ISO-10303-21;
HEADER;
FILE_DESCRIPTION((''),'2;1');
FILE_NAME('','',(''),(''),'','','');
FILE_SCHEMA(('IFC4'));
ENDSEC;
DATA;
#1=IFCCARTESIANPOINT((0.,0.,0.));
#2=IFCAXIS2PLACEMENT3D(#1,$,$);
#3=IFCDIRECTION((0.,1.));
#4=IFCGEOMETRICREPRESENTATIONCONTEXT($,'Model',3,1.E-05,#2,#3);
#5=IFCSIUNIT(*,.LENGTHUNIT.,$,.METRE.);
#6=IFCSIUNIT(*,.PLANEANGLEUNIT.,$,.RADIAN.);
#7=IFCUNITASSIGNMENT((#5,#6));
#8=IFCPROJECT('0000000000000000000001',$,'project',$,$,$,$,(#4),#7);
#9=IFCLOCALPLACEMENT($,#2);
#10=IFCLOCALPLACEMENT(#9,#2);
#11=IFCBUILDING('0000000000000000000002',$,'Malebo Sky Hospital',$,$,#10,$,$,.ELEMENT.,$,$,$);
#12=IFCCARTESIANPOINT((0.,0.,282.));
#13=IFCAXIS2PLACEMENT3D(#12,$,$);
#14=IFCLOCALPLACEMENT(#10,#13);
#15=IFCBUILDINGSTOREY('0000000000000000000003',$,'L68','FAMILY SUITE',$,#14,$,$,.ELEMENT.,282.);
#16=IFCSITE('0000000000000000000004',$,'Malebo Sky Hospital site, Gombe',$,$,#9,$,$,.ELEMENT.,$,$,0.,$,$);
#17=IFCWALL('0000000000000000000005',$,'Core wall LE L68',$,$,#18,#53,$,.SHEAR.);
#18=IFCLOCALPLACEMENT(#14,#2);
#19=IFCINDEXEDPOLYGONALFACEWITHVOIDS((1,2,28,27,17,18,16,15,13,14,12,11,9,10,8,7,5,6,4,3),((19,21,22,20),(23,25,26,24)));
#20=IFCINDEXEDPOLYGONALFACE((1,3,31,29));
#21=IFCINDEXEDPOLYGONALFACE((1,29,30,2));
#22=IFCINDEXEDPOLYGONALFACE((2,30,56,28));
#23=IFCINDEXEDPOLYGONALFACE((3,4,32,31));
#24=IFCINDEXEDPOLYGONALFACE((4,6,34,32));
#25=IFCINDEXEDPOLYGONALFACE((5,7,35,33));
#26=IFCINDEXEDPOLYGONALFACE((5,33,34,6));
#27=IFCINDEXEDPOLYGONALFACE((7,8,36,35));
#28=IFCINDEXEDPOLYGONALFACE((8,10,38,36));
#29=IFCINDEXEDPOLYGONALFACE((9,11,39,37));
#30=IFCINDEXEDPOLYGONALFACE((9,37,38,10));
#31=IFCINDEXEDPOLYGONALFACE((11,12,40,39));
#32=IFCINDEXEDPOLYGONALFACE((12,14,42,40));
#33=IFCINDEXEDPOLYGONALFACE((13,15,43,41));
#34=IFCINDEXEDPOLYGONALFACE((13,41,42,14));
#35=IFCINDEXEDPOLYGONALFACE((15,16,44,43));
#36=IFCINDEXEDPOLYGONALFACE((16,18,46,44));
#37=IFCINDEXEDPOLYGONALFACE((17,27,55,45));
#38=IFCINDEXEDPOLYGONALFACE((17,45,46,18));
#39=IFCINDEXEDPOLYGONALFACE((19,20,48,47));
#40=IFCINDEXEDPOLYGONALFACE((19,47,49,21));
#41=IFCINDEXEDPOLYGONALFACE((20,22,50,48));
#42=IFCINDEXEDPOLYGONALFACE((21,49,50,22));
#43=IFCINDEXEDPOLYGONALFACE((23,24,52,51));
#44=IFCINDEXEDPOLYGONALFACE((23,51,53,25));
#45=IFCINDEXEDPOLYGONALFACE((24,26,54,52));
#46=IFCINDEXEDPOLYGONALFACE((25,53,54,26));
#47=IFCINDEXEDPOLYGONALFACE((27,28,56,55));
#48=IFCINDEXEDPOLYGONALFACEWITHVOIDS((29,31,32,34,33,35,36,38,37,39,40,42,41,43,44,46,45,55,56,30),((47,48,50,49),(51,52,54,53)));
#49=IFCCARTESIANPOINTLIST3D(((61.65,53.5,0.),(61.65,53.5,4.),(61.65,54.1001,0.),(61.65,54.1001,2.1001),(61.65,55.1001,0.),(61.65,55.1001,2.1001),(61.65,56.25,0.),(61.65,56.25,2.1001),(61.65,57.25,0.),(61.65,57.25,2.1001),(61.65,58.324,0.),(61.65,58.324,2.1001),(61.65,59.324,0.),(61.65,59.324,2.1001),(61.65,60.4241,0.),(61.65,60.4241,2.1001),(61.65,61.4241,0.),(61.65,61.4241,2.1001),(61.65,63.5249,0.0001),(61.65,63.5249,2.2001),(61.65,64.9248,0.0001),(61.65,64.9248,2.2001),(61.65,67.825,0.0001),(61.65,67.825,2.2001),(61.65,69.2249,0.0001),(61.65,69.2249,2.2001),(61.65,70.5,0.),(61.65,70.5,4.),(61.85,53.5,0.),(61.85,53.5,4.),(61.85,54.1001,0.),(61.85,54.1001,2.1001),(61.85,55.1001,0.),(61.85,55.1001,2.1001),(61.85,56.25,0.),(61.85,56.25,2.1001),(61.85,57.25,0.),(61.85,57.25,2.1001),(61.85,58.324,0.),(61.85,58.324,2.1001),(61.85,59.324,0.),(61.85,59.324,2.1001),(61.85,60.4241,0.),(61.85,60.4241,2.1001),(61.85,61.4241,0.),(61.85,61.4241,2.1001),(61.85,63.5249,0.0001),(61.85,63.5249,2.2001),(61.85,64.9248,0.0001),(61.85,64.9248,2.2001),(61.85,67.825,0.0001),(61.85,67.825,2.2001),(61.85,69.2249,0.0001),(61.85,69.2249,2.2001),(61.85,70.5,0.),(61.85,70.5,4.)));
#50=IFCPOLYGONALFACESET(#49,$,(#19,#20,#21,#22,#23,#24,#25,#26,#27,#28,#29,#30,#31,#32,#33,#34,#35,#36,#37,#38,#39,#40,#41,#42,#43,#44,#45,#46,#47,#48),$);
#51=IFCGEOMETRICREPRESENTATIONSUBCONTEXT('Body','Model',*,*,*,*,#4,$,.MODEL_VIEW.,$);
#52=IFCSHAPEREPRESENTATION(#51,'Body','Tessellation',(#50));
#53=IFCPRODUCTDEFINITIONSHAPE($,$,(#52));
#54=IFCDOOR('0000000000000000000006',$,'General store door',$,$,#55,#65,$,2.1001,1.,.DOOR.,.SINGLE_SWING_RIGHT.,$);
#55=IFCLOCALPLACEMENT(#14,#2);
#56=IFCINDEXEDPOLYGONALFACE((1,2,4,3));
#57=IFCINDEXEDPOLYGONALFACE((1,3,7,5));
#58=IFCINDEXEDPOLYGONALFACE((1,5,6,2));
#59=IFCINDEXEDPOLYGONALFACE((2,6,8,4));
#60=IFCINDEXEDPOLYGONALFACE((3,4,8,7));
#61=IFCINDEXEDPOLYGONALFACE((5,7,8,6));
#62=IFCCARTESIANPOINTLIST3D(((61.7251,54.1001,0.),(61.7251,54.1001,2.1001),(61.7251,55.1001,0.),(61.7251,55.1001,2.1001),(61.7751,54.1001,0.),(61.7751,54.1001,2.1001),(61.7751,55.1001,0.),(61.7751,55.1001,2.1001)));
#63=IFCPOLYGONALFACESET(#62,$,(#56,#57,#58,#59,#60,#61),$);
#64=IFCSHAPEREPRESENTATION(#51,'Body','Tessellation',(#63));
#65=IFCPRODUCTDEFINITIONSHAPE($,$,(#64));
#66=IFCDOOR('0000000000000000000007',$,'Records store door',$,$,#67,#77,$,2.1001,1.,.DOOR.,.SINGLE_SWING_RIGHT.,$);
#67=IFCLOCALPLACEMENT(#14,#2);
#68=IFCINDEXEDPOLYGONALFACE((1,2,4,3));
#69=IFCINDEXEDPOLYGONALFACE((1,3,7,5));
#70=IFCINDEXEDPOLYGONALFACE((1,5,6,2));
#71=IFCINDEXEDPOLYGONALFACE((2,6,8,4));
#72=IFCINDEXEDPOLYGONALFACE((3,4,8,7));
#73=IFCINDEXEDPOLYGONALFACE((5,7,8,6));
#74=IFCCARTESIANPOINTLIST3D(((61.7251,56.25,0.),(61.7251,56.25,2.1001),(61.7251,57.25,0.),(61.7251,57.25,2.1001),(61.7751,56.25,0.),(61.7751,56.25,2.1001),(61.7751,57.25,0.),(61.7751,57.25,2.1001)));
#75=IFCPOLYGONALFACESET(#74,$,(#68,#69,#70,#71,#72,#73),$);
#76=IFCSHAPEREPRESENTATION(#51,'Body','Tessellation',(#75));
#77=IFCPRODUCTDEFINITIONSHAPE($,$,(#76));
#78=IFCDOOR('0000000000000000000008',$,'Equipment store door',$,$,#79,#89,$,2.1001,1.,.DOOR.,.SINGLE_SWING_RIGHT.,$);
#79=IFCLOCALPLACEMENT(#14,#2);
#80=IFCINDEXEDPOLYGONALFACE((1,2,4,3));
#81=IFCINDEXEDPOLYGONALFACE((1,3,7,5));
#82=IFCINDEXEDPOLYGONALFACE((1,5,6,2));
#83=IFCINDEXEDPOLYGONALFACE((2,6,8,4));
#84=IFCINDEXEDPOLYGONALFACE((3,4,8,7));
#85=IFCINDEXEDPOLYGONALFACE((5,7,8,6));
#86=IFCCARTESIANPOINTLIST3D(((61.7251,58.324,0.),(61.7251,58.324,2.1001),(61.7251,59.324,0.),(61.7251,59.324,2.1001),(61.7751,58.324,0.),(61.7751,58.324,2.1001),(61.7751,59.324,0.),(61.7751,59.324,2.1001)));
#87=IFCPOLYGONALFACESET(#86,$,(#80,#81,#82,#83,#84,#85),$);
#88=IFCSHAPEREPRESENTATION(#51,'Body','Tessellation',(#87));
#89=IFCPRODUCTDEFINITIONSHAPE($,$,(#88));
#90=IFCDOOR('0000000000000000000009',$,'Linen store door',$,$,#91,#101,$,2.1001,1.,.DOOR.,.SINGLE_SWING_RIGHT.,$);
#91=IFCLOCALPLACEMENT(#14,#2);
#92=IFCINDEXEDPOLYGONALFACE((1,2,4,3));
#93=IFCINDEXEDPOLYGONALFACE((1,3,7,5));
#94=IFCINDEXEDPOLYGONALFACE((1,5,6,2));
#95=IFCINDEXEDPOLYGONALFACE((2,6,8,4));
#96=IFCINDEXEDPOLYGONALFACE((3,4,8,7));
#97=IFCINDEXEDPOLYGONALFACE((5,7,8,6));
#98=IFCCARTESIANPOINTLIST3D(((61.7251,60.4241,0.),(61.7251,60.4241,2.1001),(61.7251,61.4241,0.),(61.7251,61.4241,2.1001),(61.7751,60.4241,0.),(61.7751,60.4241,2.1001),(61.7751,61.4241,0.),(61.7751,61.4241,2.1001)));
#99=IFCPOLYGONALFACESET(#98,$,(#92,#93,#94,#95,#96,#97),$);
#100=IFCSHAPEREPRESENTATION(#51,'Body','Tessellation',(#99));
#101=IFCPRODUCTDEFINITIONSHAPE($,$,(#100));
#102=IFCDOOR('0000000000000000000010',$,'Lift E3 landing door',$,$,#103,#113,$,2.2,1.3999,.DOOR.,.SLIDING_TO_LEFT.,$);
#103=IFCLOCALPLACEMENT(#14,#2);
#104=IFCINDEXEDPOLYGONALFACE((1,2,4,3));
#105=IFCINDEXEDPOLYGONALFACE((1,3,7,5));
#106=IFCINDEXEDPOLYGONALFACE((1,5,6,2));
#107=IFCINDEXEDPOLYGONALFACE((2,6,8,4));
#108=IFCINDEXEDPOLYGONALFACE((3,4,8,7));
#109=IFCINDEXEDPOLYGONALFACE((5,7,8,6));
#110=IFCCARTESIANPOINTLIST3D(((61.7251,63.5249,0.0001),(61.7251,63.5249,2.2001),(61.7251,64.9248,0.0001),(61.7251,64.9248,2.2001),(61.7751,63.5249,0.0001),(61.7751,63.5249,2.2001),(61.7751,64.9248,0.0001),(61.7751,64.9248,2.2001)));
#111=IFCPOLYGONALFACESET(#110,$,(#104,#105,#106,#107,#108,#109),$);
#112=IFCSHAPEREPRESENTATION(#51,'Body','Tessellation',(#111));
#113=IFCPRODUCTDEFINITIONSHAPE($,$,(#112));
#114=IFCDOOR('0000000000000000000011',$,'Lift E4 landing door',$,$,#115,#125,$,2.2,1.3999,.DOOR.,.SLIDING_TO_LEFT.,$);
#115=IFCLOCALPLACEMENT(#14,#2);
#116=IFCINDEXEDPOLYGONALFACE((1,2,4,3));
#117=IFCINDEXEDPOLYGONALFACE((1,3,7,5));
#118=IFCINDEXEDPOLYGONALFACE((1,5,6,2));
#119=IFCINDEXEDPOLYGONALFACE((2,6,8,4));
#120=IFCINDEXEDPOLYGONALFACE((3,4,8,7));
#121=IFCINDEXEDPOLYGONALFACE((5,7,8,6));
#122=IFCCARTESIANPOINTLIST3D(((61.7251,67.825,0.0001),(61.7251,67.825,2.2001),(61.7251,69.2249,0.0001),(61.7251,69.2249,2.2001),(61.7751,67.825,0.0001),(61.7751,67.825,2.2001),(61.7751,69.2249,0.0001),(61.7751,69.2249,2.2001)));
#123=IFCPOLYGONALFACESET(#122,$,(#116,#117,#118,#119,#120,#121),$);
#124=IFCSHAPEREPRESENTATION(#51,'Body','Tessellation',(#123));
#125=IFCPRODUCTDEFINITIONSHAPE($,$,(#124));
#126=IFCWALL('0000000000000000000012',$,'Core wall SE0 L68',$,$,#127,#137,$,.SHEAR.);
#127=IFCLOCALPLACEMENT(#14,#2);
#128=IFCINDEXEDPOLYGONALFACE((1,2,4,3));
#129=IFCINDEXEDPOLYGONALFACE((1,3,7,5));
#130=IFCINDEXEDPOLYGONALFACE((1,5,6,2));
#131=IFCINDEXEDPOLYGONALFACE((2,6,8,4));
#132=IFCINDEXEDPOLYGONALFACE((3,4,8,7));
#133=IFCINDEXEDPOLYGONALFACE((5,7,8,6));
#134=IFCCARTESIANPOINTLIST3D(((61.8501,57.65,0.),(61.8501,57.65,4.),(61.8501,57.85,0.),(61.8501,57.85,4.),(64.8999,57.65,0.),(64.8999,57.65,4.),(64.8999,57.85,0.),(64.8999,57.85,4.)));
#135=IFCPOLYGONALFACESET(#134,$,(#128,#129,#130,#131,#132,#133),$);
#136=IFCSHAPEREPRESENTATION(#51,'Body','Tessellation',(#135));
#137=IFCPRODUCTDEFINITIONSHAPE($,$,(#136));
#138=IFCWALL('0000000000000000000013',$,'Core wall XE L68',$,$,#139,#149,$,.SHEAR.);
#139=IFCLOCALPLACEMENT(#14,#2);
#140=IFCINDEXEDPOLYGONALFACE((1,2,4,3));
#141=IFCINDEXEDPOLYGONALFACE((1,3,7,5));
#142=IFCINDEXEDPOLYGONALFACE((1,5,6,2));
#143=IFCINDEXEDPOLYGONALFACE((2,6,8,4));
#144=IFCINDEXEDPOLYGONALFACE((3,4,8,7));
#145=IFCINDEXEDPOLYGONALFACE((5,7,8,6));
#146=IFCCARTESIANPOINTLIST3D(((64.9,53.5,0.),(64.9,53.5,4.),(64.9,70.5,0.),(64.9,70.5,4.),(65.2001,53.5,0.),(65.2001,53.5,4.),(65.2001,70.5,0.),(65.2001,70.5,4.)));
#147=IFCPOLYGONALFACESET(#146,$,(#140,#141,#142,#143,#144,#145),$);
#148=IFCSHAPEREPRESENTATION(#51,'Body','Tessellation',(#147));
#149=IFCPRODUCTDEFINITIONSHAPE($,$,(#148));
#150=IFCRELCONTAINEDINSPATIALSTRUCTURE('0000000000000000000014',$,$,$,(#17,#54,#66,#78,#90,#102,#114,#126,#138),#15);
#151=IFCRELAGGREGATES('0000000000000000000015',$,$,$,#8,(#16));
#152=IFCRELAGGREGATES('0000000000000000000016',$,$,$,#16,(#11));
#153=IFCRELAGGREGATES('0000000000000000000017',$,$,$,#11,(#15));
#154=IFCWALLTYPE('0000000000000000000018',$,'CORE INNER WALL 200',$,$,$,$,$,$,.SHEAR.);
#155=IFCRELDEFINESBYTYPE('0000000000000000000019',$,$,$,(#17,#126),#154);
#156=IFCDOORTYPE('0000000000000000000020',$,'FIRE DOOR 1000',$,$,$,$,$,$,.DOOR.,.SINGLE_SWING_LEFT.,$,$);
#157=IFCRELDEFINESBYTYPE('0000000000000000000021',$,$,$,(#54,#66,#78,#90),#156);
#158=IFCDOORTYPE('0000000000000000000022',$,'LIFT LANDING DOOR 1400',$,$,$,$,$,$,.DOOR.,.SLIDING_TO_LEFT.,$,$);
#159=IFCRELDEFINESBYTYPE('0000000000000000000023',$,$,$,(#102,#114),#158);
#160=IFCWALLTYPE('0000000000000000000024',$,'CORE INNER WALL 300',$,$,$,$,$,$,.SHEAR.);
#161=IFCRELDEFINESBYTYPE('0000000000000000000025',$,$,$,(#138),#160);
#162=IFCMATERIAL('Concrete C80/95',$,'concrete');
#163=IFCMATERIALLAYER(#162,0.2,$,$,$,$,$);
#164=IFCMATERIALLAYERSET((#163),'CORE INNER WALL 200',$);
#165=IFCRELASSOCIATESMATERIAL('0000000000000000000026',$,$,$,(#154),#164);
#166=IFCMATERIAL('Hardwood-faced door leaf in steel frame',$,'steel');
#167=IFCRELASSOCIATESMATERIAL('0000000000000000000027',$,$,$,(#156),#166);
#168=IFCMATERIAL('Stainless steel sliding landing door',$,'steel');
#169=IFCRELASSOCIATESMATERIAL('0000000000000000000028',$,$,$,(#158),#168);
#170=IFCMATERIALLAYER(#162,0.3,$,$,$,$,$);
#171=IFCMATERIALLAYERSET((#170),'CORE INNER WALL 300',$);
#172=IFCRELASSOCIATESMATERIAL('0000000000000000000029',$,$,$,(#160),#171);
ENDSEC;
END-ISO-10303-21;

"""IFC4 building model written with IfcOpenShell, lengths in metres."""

from ifc_helpers import new_model, si_unit, direction, frame, frame_2d, origin, place, context, subcontext, project, spatial, rectangle, extrude, material, layer, layer_set, type_object, element, fill, save


model = new_model("IFC4")

# Units and contexts
model_context = context("Model", 3, precision=1e-05, world=origin(), true_north=direction((0.0, 1.0)))
body_context = subcontext(model_context, "Body", "Model", "MODEL_VIEW")
ifc_project = project(units=[si_unit("LENGTHUNIT", "METRE"), si_unit("PLANEANGLEUNIT", "RADIAN")], contexts=[model_context])

# Site, building, storey
site_placement = place(None, origin())
site = spatial("IfcSite", under=ifc_project, at=site_placement, Name="Malebo Sky Hospital site, Gombe", CompositionType="ELEMENT", RefElevation=0.0)
building_placement = place(site_placement, origin())
building = spatial("IfcBuilding", under=site, at=building_placement, Name="Malebo Sky Hospital", CompositionType="ELEMENT")
storey_placement = place(building_placement, frame((0.0, 0.0, 282.0)))
storey = spatial("IfcBuildingStorey", under=building, at=storey_placement, Name="L68", Description="FAMILY SUITE", CompositionType="ELEMENT", Elevation=282.0)

# Wall, openings, doors
ifc_material_1 = material(Name="Concrete C80/95", Category="concrete")
ifc_layer_1 = layer(ifc_material_1, 0.2)
ifc_layer_set_1 = layer_set([ifc_layer_1], Name="CORE INNER WALL 200")
wall_type_1 = type_object("IfcWallType", Name="CORE INNER WALL 200", PredefinedType="SHEAR", material=ifc_layer_set_1)
ifc_material_2 = material(Name="Hardwood-faced door leaf in steel frame", Category="steel")
door_type_1 = type_object("IfcDoorType", Name="FIRE DOOR 1000", OperationType="SINGLE_SWING_LEFT", PredefinedType="DOOR", material=ifc_material_2)
ifc_material_3 = material(Name="Stainless steel sliding landing door", Category="steel")
door_type_2 = type_object("IfcDoorType", Name="LIFT LANDING DOOR 1400", OperationType="SLIDING_TO_LEFT", PredefinedType="DOOR", material=ifc_material_3)
wall_1_placement = place(storey_placement, frame((61.75, 53.5, 0.0), z_axis=(0.0, 0.0, 1.0), x_axis=(0.0, 1.0, 0.0)))
wall_1 = element("IfcWall", 1, at=wall_1_placement, inside=storey, type_object=wall_type_1, Name="Core wall LE L68", PredefinedType="SHEAR", context=body_context, shape_type="SweptSolid", body=[
    extrude(rectangle(XDim=17.0, YDim=0.2, at=frame_2d((8.5, 0.0))), origin(), (0.0, 0.0, 1.0), 4.0),
])
opening_1_placement = place(wall_1_placement, frame((0.6001, 0.0, 0.0)))
opening_1 = element("IfcOpeningElement", 2, at=opening_1_placement, cuts=wall_1, PredefinedType="OPENING", context=body_context, shape_type="SweptSolid", body=[
    extrude(rectangle(XDim=1.0, YDim=2.1001, at=frame_2d((0.5, 1.05))), frame((0.0, 0.1099, 0.0), z_axis=(0.0, -1.0, 0.0), x_axis=(1.0, 0.0, 0.0)), (0.0, 0.0, 1.0), 0.22),
])
opening_2_placement = place(wall_1_placement, frame((2.75, 0.0, 0.0)))
opening_2 = element("IfcOpeningElement", 3, at=opening_2_placement, cuts=wall_1, PredefinedType="OPENING", context=body_context, shape_type="SweptSolid", body=[
    extrude(rectangle(XDim=1.0, YDim=2.1001, at=frame_2d((0.5, 1.05))), frame((0.0, 0.1099, 0.0), z_axis=(0.0, -1.0, 0.0), x_axis=(1.0, 0.0, 0.0)), (0.0, 0.0, 1.0), 0.22),
])
opening_3_placement = place(wall_1_placement, frame((4.824, 0.0, 0.0)))
opening_3 = element("IfcOpeningElement", 4, at=opening_3_placement, cuts=wall_1, PredefinedType="OPENING", context=body_context, shape_type="SweptSolid", body=[
    extrude(rectangle(XDim=1.0, YDim=2.1001, at=frame_2d((0.5, 1.05))), frame((0.0, 0.1099, 0.0), z_axis=(0.0, -1.0, 0.0), x_axis=(1.0, 0.0, 0.0)), (0.0, 0.0, 1.0), 0.22),
])
opening_4_placement = place(wall_1_placement, frame((6.9241, 0.0, 0.0)))
opening_4 = element("IfcOpeningElement", 5, at=opening_4_placement, cuts=wall_1, PredefinedType="OPENING", context=body_context, shape_type="SweptSolid", body=[
    extrude(rectangle(XDim=1.0, YDim=2.1001, at=frame_2d((0.5, 1.05))), frame((0.0, 0.1099, 0.0), z_axis=(0.0, -1.0, 0.0), x_axis=(1.0, 0.0, 0.0)), (0.0, 0.0, 1.0), 0.22),
])
opening_5_placement = place(wall_1_placement, frame((10.0249, 0.0, 0.0)))
opening_5 = element("IfcOpeningElement", 6, at=opening_5_placement, cuts=wall_1, PredefinedType="OPENING", context=body_context, shape_type="SweptSolid", body=[
    extrude(rectangle(XDim=1.3999, YDim=2.2, at=frame_2d((0.7, 1.1001))), frame((0.0, 0.1099, 0.0), z_axis=(0.0, -1.0, 0.0), x_axis=(1.0, 0.0, 0.0)), (0.0, 0.0, 1.0), 0.22),
])
opening_6_placement = place(wall_1_placement, frame((14.325, 0.0, 0.0)))
opening_6 = element("IfcOpeningElement", 7, at=opening_6_placement, cuts=wall_1, PredefinedType="OPENING", context=body_context, shape_type="SweptSolid", body=[
    extrude(rectangle(XDim=1.3999, YDim=2.2, at=frame_2d((0.7, 1.1001))), frame((0.0, 0.1099, 0.0), z_axis=(0.0, -1.0, 0.0), x_axis=(1.0, 0.0, 0.0)), (0.0, 0.0, 1.0), 0.22),
])
door_1_placement = place(opening_1_placement, origin())
door_1 = element("IfcDoor", 8, at=door_1_placement, inside=storey, type_object=door_type_1, Name="General store door", OperationType="SINGLE_SWING_RIGHT", OverallHeight=2.1001, OverallWidth=1.0, PredefinedType="DOOR", context=body_context, shape_type="SweptSolid", body=[
    extrude(rectangle(XDim=1.0, YDim=2.1001, at=frame_2d((0.5, 1.05))), frame((0.0, 0.0249, 0.0), z_axis=(0.0, -1.0, 0.0), x_axis=(1.0, 0.0, 0.0)), (0.0, 0.0, 1.0), 0.05),
])
fill(opening_1, door_1)
door_2_placement = place(opening_2_placement, origin())
door_2 = element("IfcDoor", 9, at=door_2_placement, inside=storey, type_object=door_type_1, Name="Records store door", OperationType="SINGLE_SWING_RIGHT", OverallHeight=2.1001, OverallWidth=1.0, PredefinedType="DOOR", context=body_context, shape_type="SweptSolid", body=[
    extrude(rectangle(XDim=1.0, YDim=2.1001, at=frame_2d((0.5, 1.05))), frame((0.0, 0.0249, 0.0), z_axis=(0.0, -1.0, 0.0), x_axis=(1.0, 0.0, 0.0)), (0.0, 0.0, 1.0), 0.05),
])
fill(opening_2, door_2)
door_3_placement = place(opening_3_placement, origin())
door_3 = element("IfcDoor", 10, at=door_3_placement, inside=storey, type_object=door_type_1, Name="Equipment store door", OperationType="SINGLE_SWING_RIGHT", OverallHeight=2.1001, OverallWidth=1.0, PredefinedType="DOOR", context=body_context, shape_type="SweptSolid", body=[
    extrude(rectangle(XDim=1.0, YDim=2.1001, at=frame_2d((0.5, 1.05))), frame((0.0, 0.0249, 0.0), z_axis=(0.0, -1.0, 0.0), x_axis=(1.0, 0.0, 0.0)), (0.0, 0.0, 1.0), 0.05),
])
fill(opening_3, door_3)
door_4_placement = place(opening_4_placement, origin())
door_4 = element("IfcDoor", 11, at=door_4_placement, inside=storey, type_object=door_type_1, Name="Linen store door", OperationType="SINGLE_SWING_RIGHT", OverallHeight=2.1001, OverallWidth=1.0, PredefinedType="DOOR", context=body_context, shape_type="SweptSolid", body=[
    extrude(rectangle(XDim=1.0, YDim=2.1001, at=frame_2d((0.5, 1.05))), frame((0.0, 0.0249, 0.0), z_axis=(0.0, -1.0, 0.0), x_axis=(1.0, 0.0, 0.0)), (0.0, 0.0, 1.0), 0.05),
])
fill(opening_4, door_4)
door_5_placement = place(opening_5_placement, origin())
door_5 = element("IfcDoor", 12, at=door_5_placement, inside=storey, type_object=door_type_2, Name="Lift E3 landing door", OperationType="SLIDING_TO_LEFT", OverallHeight=2.2, OverallWidth=1.3999, PredefinedType="DOOR", context=body_context, shape_type="SweptSolid", body=[
    extrude(rectangle(XDim=1.3999, YDim=2.2, at=frame_2d((0.7, 1.1001))), frame((0.0, 0.0249, 0.0), z_axis=(0.0, -1.0, 0.0), x_axis=(1.0, 0.0, 0.0)), (0.0, 0.0, 1.0), 0.05),
])
fill(opening_5, door_5)
door_6_placement = place(opening_6_placement, origin())
door_6 = element("IfcDoor", 13, at=door_6_placement, inside=storey, type_object=door_type_2, Name="Lift E4 landing door", OperationType="SLIDING_TO_LEFT", OverallHeight=2.2, OverallWidth=1.3999, PredefinedType="DOOR", context=body_context, shape_type="SweptSolid", body=[
    extrude(rectangle(XDim=1.3999, YDim=2.2, at=frame_2d((0.7, 1.1001))), frame((0.0, 0.0249, 0.0), z_axis=(0.0, -1.0, 0.0), x_axis=(1.0, 0.0, 0.0)), (0.0, 0.0, 1.0), 0.05),
])
fill(opening_6, door_6)

# Walls
wall_2_placement = place(storey_placement, frame((61.8501, 57.75, 0.0), z_axis=(0.0, 0.0, 1.0), x_axis=(1.0, 0.0, 0.0)))
element("IfcWall", 14, at=wall_2_placement, inside=storey, type_object=wall_type_1, Name="Core wall SE0 L68", PredefinedType="SHEAR", context=body_context, shape_type="SweptSolid", body=[
    extrude(rectangle(XDim=3.0498, YDim=0.2, at=frame_2d((1.5249, 0.0))), origin(), (0.0, 0.0, 1.0), 4.0),
])
ifc_layer_2 = layer(ifc_material_1, 0.3)
ifc_layer_set_2 = layer_set([ifc_layer_2], Name="CORE INNER WALL 300")
wall_type_2 = type_object("IfcWallType", Name="CORE INNER WALL 300", PredefinedType="SHEAR", material=ifc_layer_set_2)
wall_3_placement = place(storey_placement, frame((65.05, 53.5, 0.0), z_axis=(0.0, 0.0, 1.0), x_axis=(0.0, 1.0, 0.0)))
element("IfcWall", 15, at=wall_3_placement, inside=storey, type_object=wall_type_2, Name="Core wall XE L68", PredefinedType="SHEAR", context=body_context, shape_type="SweptSolid", body=[
    extrude(rectangle(XDim=17.0, YDim=0.3, at=frame_2d((8.5, 0.0))), origin(), (0.0, 0.0, 1.0), 4.0),
])

save(model, "model.ifc")
